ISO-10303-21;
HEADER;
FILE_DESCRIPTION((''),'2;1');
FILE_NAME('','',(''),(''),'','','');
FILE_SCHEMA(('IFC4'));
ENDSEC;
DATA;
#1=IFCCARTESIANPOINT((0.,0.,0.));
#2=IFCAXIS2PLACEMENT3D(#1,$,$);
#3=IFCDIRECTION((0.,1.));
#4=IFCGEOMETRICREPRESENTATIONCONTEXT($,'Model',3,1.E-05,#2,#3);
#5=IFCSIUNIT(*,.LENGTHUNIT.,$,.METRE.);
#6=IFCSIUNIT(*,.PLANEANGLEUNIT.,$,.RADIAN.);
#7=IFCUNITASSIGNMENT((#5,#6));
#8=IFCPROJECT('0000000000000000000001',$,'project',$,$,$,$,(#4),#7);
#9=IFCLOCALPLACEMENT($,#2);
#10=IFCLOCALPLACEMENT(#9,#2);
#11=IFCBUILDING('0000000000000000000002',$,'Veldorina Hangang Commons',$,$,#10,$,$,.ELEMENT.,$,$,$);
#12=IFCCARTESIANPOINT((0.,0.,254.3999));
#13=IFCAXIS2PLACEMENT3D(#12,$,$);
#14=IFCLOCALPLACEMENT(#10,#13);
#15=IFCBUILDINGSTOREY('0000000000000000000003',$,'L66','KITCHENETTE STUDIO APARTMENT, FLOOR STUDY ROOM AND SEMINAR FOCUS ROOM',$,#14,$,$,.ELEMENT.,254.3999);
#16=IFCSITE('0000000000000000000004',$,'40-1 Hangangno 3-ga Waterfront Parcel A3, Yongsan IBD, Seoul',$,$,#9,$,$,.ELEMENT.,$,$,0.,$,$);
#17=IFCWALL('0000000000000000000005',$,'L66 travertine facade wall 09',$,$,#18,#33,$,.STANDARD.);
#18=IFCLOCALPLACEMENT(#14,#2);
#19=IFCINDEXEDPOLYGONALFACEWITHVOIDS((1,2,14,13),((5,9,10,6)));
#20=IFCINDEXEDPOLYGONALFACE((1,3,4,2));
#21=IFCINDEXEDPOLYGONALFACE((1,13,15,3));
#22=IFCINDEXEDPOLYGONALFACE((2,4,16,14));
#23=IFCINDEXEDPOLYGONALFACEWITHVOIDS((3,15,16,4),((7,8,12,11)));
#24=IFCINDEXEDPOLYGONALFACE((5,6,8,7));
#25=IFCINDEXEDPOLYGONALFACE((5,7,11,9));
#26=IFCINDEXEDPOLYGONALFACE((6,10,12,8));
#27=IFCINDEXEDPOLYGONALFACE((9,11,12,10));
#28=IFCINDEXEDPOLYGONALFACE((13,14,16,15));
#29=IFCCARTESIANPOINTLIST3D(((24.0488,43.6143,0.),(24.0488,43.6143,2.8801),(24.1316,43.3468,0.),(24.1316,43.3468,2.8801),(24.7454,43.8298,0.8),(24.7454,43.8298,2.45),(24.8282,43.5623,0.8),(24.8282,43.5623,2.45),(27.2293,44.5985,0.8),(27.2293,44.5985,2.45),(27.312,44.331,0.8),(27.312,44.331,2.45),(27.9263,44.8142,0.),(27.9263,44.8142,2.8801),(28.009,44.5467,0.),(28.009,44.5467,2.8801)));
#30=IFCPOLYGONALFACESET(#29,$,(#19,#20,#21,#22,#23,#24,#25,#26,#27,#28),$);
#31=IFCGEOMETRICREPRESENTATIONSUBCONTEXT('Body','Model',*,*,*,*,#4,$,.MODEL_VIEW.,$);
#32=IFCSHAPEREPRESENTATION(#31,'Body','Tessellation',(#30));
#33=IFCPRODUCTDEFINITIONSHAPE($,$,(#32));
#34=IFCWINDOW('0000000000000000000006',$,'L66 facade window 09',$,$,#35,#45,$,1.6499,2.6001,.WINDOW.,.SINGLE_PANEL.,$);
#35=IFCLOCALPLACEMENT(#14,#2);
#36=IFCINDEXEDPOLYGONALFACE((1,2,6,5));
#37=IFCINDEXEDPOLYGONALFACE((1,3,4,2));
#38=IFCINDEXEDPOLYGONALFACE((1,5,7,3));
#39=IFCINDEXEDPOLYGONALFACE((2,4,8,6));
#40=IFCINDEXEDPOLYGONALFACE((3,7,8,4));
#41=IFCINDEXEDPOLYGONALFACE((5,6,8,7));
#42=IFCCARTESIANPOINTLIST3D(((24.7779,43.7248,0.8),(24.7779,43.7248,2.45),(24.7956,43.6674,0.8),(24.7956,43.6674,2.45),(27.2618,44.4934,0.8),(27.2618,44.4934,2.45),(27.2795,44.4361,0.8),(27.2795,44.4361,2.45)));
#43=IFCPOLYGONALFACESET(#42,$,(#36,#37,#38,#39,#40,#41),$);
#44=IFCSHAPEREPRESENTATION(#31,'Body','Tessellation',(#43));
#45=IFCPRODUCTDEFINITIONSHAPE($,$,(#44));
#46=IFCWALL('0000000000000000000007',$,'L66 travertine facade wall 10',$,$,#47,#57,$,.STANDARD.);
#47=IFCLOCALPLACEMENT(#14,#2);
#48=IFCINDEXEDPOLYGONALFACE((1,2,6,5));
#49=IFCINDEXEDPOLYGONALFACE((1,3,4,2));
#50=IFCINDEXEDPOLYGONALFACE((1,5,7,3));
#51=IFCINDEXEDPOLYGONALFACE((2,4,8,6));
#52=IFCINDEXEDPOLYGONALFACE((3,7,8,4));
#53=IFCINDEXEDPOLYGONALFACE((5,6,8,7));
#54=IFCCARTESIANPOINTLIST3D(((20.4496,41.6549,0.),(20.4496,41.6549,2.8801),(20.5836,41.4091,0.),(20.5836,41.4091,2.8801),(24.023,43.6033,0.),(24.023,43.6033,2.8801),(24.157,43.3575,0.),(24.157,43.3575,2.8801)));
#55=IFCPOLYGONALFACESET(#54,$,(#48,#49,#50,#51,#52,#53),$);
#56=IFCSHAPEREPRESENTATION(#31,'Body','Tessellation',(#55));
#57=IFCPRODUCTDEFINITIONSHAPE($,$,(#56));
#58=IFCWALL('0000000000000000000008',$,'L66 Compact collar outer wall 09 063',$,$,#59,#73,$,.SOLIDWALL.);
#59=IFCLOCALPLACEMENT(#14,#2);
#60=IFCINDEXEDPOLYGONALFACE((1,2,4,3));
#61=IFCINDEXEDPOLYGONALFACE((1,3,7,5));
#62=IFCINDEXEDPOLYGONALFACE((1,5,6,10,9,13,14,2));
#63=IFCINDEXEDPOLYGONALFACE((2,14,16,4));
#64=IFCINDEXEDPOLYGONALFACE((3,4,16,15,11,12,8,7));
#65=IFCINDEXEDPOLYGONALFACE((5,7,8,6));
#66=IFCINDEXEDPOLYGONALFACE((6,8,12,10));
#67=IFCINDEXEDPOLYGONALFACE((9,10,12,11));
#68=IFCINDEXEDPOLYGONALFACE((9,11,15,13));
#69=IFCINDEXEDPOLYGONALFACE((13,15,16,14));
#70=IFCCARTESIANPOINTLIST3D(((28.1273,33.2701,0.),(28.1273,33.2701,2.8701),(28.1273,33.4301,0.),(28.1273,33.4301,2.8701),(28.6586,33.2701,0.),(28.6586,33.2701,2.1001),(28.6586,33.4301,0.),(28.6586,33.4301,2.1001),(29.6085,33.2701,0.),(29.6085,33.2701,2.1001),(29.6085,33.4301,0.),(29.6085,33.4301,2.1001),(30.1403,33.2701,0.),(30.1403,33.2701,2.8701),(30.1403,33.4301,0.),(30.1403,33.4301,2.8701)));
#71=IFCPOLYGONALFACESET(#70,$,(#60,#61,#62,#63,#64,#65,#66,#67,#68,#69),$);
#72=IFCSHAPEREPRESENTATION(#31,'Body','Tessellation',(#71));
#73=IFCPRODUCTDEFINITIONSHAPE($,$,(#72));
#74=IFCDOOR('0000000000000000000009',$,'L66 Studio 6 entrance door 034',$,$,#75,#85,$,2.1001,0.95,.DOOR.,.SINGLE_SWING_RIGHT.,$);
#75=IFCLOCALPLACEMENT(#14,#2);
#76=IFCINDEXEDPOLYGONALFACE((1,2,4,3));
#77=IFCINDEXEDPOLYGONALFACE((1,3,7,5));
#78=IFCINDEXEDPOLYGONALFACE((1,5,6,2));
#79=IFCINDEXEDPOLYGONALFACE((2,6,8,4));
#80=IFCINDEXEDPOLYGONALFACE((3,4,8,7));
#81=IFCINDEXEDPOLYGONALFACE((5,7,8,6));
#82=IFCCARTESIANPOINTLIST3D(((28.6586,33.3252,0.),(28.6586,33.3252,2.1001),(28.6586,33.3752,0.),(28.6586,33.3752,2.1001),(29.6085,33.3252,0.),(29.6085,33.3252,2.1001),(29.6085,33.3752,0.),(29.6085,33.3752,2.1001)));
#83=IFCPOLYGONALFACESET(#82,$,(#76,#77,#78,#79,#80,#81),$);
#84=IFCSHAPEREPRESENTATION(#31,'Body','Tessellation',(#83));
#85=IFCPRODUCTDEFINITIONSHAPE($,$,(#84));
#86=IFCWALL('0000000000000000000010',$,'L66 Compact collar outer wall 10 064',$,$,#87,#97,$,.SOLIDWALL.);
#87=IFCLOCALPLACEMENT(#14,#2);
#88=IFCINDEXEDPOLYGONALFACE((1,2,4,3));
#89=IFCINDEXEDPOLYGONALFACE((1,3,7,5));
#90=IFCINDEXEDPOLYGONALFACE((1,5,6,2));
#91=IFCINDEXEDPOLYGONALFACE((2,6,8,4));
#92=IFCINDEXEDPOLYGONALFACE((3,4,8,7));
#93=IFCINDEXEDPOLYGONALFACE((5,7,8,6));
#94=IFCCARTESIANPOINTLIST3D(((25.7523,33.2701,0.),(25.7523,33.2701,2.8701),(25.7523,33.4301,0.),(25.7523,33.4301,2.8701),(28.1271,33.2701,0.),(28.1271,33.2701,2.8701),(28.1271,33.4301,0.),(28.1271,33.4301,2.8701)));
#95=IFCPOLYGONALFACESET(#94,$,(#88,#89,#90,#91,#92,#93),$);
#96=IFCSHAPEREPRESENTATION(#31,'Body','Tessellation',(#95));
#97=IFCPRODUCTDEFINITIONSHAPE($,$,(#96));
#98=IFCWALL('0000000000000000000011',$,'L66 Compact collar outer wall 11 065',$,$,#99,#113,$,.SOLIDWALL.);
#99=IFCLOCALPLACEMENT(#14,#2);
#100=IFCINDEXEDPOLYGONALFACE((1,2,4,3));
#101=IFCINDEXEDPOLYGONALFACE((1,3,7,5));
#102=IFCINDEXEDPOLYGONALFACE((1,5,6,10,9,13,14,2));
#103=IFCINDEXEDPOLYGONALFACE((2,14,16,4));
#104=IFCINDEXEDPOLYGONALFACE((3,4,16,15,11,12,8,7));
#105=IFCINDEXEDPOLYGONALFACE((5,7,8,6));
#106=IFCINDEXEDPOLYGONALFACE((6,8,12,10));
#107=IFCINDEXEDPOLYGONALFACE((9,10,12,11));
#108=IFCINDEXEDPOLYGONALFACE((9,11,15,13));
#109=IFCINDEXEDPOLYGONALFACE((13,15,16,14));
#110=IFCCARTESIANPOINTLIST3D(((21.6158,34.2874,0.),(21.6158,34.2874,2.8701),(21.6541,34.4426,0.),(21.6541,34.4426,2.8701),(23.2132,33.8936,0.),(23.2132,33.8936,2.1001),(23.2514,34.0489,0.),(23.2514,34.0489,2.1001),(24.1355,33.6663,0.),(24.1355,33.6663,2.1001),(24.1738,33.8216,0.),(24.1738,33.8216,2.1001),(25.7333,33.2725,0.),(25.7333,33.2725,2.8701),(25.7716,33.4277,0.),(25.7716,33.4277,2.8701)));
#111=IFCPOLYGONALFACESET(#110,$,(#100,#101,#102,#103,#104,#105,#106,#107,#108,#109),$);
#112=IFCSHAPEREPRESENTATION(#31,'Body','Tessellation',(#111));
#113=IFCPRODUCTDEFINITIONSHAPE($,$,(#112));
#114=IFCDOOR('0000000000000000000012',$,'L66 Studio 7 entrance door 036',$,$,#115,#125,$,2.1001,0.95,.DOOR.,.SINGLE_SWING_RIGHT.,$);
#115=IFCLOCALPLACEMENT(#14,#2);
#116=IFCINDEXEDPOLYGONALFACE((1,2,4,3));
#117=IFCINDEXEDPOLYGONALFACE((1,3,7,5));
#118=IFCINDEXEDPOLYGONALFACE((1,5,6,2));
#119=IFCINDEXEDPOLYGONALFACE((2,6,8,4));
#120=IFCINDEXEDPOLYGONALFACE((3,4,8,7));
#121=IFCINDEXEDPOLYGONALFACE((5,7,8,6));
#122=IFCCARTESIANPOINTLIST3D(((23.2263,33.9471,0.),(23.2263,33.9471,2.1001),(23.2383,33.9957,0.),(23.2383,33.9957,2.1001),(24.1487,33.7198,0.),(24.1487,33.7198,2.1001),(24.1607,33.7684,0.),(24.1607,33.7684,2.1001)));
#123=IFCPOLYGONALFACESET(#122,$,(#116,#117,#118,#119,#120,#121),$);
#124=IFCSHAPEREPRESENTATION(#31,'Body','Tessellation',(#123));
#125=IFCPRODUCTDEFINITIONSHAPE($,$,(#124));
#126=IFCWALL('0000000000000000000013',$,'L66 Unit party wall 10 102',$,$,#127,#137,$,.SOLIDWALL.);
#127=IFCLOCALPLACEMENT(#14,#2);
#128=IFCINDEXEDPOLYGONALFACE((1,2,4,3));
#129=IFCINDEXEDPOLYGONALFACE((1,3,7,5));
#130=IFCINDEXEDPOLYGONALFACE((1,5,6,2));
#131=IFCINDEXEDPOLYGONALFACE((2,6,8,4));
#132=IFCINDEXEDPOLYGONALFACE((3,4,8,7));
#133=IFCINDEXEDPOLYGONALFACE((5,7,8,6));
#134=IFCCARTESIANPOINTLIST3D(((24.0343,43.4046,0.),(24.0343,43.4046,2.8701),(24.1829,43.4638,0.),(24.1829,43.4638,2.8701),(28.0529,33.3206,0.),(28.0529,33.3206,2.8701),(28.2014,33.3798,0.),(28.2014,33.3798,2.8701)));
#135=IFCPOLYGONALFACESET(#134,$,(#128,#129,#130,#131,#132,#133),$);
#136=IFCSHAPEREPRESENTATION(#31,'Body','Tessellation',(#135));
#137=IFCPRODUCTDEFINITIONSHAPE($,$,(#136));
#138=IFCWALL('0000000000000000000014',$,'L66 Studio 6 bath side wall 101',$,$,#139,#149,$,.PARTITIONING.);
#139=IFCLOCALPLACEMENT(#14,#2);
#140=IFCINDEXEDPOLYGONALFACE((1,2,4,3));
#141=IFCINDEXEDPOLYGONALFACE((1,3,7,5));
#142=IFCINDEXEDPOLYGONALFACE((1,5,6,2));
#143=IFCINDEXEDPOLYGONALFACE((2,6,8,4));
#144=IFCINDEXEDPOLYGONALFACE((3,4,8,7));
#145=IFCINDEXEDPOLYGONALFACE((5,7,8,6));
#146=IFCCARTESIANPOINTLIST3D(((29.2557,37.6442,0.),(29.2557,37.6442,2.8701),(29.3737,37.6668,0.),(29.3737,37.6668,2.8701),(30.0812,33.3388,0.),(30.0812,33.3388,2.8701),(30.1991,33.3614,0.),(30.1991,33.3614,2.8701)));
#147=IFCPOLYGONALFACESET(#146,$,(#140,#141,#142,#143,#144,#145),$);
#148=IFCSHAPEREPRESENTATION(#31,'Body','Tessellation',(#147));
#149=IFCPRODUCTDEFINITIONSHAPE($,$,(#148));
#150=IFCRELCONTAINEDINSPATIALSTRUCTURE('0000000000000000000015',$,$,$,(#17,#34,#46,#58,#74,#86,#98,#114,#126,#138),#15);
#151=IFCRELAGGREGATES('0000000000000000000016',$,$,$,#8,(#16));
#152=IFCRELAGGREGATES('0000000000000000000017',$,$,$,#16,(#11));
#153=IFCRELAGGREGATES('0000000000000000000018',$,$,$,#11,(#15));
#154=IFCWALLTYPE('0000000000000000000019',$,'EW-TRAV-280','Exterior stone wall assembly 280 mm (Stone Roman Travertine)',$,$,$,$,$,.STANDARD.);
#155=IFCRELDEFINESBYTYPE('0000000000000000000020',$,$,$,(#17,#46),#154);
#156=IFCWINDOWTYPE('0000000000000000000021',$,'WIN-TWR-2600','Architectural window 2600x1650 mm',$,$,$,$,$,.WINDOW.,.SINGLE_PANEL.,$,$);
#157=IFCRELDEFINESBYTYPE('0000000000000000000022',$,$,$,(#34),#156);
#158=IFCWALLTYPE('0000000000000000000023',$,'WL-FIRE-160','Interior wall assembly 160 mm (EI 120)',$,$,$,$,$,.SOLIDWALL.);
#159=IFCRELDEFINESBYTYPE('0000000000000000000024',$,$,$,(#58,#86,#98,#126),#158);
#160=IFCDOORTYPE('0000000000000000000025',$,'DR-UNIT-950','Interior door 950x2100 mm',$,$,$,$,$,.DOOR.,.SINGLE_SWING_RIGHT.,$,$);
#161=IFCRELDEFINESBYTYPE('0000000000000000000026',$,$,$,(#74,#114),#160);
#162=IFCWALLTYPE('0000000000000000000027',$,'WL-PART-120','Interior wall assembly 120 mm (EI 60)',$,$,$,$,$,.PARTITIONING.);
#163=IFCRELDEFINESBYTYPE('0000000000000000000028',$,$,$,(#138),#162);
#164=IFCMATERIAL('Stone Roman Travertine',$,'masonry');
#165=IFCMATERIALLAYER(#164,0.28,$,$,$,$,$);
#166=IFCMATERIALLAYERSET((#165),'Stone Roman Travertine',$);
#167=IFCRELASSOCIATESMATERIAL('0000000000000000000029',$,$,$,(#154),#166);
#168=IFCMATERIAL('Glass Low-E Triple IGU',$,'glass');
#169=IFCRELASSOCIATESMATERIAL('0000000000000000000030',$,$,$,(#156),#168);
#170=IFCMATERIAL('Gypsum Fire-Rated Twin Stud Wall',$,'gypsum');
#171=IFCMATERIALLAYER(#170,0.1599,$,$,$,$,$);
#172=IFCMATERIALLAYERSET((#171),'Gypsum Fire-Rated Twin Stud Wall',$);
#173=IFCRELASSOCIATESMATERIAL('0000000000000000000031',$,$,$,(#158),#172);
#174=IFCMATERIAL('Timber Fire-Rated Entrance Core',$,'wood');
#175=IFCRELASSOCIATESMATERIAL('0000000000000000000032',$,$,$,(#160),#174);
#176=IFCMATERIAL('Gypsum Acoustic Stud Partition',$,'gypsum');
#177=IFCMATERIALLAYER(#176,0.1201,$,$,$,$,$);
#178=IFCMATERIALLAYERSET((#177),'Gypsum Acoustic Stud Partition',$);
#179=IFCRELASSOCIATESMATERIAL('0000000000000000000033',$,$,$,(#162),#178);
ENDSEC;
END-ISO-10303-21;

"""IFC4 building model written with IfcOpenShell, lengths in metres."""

from ifc_helpers import new_model, si_unit, direction, frame, frame_2d, origin, place, context, subcontext, project, spatial, rectangle, extrude, material, layer, layer_set, type_object, element, fill, save


model = new_model("IFC4")

# Units and contexts
model_context = context("Model", 3, precision=1e-05, world=origin(), true_north=direction((0.0, 1.0)))
body_context = subcontext(model_context, "Body", "Model", "MODEL_VIEW")
ifc_project = project(units=[si_unit("LENGTHUNIT", "METRE"), si_unit("PLANEANGLEUNIT", "RADIAN")], contexts=[model_context])

# Site, building, storey
site_placement = place(None, origin())
site = spatial("IfcSite", under=ifc_project, at=site_placement, Name="40-1 Hangangno 3-ga Waterfront Parcel A3, Yongsan IBD, Seoul", CompositionType="ELEMENT", RefElevation=0.0)
building_placement = place(site_placement, origin())
building = spatial("IfcBuilding", under=site, at=building_placement, Name="Veldorina Hangang Commons", CompositionType="ELEMENT")
storey_placement = place(building_placement, frame((0.0, 0.0, 254.3999)))
storey = spatial("IfcBuildingStorey", under=building, at=storey_placement, Name="L66", Description="KITCHENETTE STUDIO APARTMENT, FLOOR STUDY ROOM AND SEMINAR FOCUS ROOM", CompositionType="ELEMENT", Elevation=254.3999)

# Shared definitions
ifc_material_1 = material(Name="Stone Roman Travertine", Category="masonry")
ifc_layer_1 = layer(ifc_material_1, 0.28)
ifc_layer_set_1 = layer_set([ifc_layer_1], Name="Stone Roman Travertine")
wall_type_1 = type_object("IfcWallType", Name="EW-TRAV-280", Description="Exterior stone wall assembly 280 mm (Stone Roman Travertine)", PredefinedType="STANDARD", material=ifc_layer_set_1)

# Wall, opening, window
wall_1_placement = place(storey_placement, frame((27.9675, 44.6804, 0.0), z_axis=(0.0, 0.0, 1.0), x_axis=(-0.9553, -0.295637, 0.0)))
wall_1 = element("IfcWall", 1, at=wall_1_placement, inside=storey, type_object=wall_type_1, Name="L66 travertine facade wall 09", PredefinedType="STANDARD", context=body_context, shape_type="SweptSolid", body=[
    extrude(rectangle(XDim=4.0588, YDim=0.28, at=frame_2d((2.0293, 0.0))), origin(), (0.0, 0.0, 1.0), 2.8801),
])
opening_1_placement = place(wall_1_placement, frame((0.7295, 0.0, 0.8)))
opening_1 = element("IfcOpeningElement", 2, at=opening_1_placement, cuts=wall_1, PredefinedType="OPENING", context=body_context, shape_type="SweptSolid", body=[
    extrude(rectangle(XDim=2.6001, YDim=1.6499, at=frame_2d((1.3, 0.825))), frame((0.0, 0.1499, 0.0), z_axis=(0.0, -1.0, 0.0), x_axis=(1.0, 0.0, 0.0)), (0.0, 0.0, 1.0), 0.3),
])
ifc_material_2 = material(Name="Glass Low-E Triple IGU", Category="glass")
window_type = type_object("IfcWindowType", Name="WIN-TWR-2600", Description="Architectural window 2600x1650 mm", PartitioningType="SINGLE_PANEL", PredefinedType="WINDOW", material=ifc_material_2)
window_placement = place(opening_1_placement, origin())
window = element("IfcWindow", 3, at=window_placement, inside=storey, type_object=window_type, Name="L66 facade window 09", OverallHeight=1.6499, OverallWidth=2.6001, PartitioningType="SINGLE_PANEL", PredefinedType="WINDOW", context=body_context, shape_type="SweptSolid", body=[
    extrude(rectangle(XDim=2.6001, YDim=1.6499, at=frame_2d((1.3, 0.825))), frame((0.0, 0.03, 0.0), z_axis=(0.0, -1.0, 0.0), x_axis=(1.0, 0.0, 0.0)), (0.0, 0.0, 1.0), 0.0601),
])
fill(opening_1, window)

# Wall
wall_2_placement = place(storey_placement, frame((24.0901, 43.4805, 0.0), z_axis=(0.0, 0.0, 1.0), x_axis=(-0.877967, -0.478722, 0.0)))
element("IfcWall", 4, at=wall_2_placement, inside=storey, type_object=wall_type_1, Name="L66 travertine facade wall 10", PredefinedType="STANDARD", context=body_context, shape_type="SweptSolid", body=[
    extrude(rectangle(XDim=4.0701, YDim=0.28, at=frame_2d((2.0352, 0.0))), origin(), (0.0, 0.0, 1.0), 2.8801),
])

# Wall, opening, door
ifc_material_3 = material(Name="Gypsum Fire-Rated Twin Stud Wall", Category="gypsum")
ifc_layer_2 = layer(ifc_material_3, 0.1599)
ifc_layer_set_2 = layer_set([ifc_layer_2], Name="Gypsum Fire-Rated Twin Stud Wall")
wall_type_2 = type_object("IfcWallType", Name="WL-FIRE-160", Description="Interior wall assembly 160 mm (EI 120)", PredefinedType="SOLIDWALL", material=ifc_layer_set_2)
wall_3_placement = place(storey_placement, frame((30.1401, 33.3501, 0.0), z_axis=(0.0, 0.0, 1.0), x_axis=(-1.0, 0.0, 0.0)))
wall_3 = element("IfcWall", 5, at=wall_3_placement, inside=storey, type_object=wall_type_2, Name="L66 Compact collar outer wall 09 063", PredefinedType="SOLIDWALL", context=body_context, shape_type="SweptSolid", body=[
    extrude(rectangle(XDim=2.0129, YDim=0.1599, at=frame_2d((1.0063, 0.0))), origin(), (0.0, 0.0, 1.0), 2.8701),
])
opening_2_placement = place(wall_3_placement, frame((0.5315, 0.0, 0.0)))
opening_2 = element("IfcOpeningElement", 6, at=opening_2_placement, cuts=wall_3, PredefinedType="OPENING", context=body_context, shape_type="SweptSolid", body=[
    extrude(rectangle(XDim=0.95, YDim=2.1001, at=frame_2d((0.4751, 1.05))), frame((0.0, 0.0898, 0.0), z_axis=(0.0, -1.0, 0.0), x_axis=(1.0, 0.0, 0.0)), (0.0, 0.0, 1.0), 0.1799),
])
ifc_material_4 = material(Name="Timber Fire-Rated Entrance Core", Category="wood")
door_type_1 = type_object("IfcDoorType", Name="DR-UNIT-950", Description="Interior door 950x2100 mm", OperationType="SINGLE_SWING_RIGHT", PredefinedType="DOOR", material=ifc_material_4)
door_1_placement = place(opening_2_placement, origin())
door_1 = element("IfcDoor", 7, at=door_1_placement, inside=storey, type_object=door_type_1, Name="L66 Studio 6 entrance door 034", OperationType="SINGLE_SWING_RIGHT", OverallHeight=2.1001, OverallWidth=0.95, PredefinedType="DOOR", context=body_context, shape_type="SweptSolid", body=[
    extrude(rectangle(XDim=0.95, YDim=2.1001, at=frame_2d((0.4751, 1.05))), frame((0.0, 0.0249, 0.0), z_axis=(0.0, -1.0, 0.0), x_axis=(1.0, 0.0, 0.0)), (0.0, 0.0, 1.0), 0.05),
])
fill(opening_2, door_1)

# Wall
wall_4_placement = place(storey_placement, frame((28.1272, 33.3501, 0.0), z_axis=(0.0, 0.0, 1.0), x_axis=(-1.0, 0.0, 0.0)))
element("IfcWall", 8, at=wall_4_placement, inside=storey, type_object=wall_type_2, Name="L66 Compact collar outer wall 10 064", PredefinedType="SOLIDWALL", context=body_context, shape_type="SweptSolid", body=[
    extrude(rectangle(XDim=2.3748, YDim=0.1599, at=frame_2d((1.1875, 0.0))), origin(), (0.0, 0.0, 1.0), 2.8701),
])

# Wall, opening, door
wall_5_placement = place(storey_placement, frame((25.7524, 33.3501, 0.0), z_axis=(0.0, 0.0, 1.0), x_axis=(-0.97094, 0.239324, 0.0)))
wall_5 = element("IfcWall", 9, at=wall_5_placement, inside=storey, type_object=wall_type_2, Name="L66 Compact collar outer wall 11 065", PredefinedType="SOLIDWALL", context=body_context, shape_type="SweptSolid", body=[
    extrude(rectangle(XDim=4.2407, YDim=0.1599, at=frame_2d((2.1204, 0.0))), origin(), (0.0, 0.0, 1.0), 2.8701),
])
opening_3_placement = place(wall_5_placement, frame((1.6455, 0.0, 0.0)))
opening_3 = element("IfcOpeningElement", 10, at=opening_3_placement, cuts=wall_5, PredefinedType="OPENING", context=body_context, shape_type="SweptSolid", body=[
    extrude(rectangle(XDim=0.95, YDim=2.1001, at=frame_2d((0.4751, 1.05))), frame((0.0, 0.0898, 0.0), z_axis=(0.0, -1.0, 0.0), x_axis=(1.0, 0.0, 0.0)), (0.0, 0.0, 1.0), 0.1799),
])
door_2_placement = place(opening_3_placement, origin())
door_2 = element("IfcDoor", 11, at=door_2_placement, inside=storey, type_object=door_type_1, Name="L66 Studio 7 entrance door 036", OperationType="SINGLE_SWING_RIGHT", OverallHeight=2.1001, OverallWidth=0.95, PredefinedType="DOOR", context=body_context, shape_type="SweptSolid", body=[
    extrude(rectangle(XDim=0.95, YDim=2.1001, at=frame_2d((0.4751, 1.05))), frame((0.0, 0.0249, 0.0), z_axis=(0.0, -1.0, 0.0), x_axis=(1.0, 0.0, 0.0)), (0.0, 0.0, 1.0), 0.05),
])
fill(opening_3, door_2)

# Walls
wall_6_placement = place(storey_placement, frame((28.1272, 33.3501, 0.0), z_axis=(0.0, 0.0, 1.0), x_axis=(-0.370196, 0.928954, 0.0)))
element("IfcWall", 12, at=wall_6_placement, inside=storey, type_object=wall_type_2, Name="L66 Unit party wall 10 102", PredefinedType="SOLIDWALL", context=body_context, shape_type="SweptSolid", body=[
    extrude(rectangle(XDim=10.8552, YDim=0.1599, at=frame_2d((5.4277, 0.0))), origin(), (0.0, 0.0, 1.0), 2.8701),
])
ifc_material_5 = material(Name="Gypsum Acoustic Stud Partition", Category="gypsum")
ifc_layer_3 = layer(ifc_material_5, 0.1201)
ifc_layer_set_3 = layer_set([ifc_layer_3], Name="Gypsum Acoustic Stud Partition")
wall_type_3 = type_object("IfcWallType", Name="WL-PART-120", Description="Interior wall assembly 120 mm (EI 60)", PredefinedType="PARTITIONING", material=ifc_layer_set_3)
wall_7_placement = place(storey_placement, frame((30.1401, 33.3501, 0.0), z_axis=(0.0, 0.0, 1.0), x_axis=(-0.188292, 0.982113, 0.0)))
element("IfcWall", 13, at=wall_7_placement, inside=storey, type_object=wall_type_3, Name="L66 Studio 6 bath side wall 101", PredefinedType="PARTITIONING", context=body_context, shape_type="SweptSolid", body=[
    extrude(rectangle(XDim=4.3838, YDim=0.1201, at=frame_2d((2.1919, 0.0))), origin(), (0.0, 0.0, 1.0), 2.8701),
])

save(model, "model.ifc")
